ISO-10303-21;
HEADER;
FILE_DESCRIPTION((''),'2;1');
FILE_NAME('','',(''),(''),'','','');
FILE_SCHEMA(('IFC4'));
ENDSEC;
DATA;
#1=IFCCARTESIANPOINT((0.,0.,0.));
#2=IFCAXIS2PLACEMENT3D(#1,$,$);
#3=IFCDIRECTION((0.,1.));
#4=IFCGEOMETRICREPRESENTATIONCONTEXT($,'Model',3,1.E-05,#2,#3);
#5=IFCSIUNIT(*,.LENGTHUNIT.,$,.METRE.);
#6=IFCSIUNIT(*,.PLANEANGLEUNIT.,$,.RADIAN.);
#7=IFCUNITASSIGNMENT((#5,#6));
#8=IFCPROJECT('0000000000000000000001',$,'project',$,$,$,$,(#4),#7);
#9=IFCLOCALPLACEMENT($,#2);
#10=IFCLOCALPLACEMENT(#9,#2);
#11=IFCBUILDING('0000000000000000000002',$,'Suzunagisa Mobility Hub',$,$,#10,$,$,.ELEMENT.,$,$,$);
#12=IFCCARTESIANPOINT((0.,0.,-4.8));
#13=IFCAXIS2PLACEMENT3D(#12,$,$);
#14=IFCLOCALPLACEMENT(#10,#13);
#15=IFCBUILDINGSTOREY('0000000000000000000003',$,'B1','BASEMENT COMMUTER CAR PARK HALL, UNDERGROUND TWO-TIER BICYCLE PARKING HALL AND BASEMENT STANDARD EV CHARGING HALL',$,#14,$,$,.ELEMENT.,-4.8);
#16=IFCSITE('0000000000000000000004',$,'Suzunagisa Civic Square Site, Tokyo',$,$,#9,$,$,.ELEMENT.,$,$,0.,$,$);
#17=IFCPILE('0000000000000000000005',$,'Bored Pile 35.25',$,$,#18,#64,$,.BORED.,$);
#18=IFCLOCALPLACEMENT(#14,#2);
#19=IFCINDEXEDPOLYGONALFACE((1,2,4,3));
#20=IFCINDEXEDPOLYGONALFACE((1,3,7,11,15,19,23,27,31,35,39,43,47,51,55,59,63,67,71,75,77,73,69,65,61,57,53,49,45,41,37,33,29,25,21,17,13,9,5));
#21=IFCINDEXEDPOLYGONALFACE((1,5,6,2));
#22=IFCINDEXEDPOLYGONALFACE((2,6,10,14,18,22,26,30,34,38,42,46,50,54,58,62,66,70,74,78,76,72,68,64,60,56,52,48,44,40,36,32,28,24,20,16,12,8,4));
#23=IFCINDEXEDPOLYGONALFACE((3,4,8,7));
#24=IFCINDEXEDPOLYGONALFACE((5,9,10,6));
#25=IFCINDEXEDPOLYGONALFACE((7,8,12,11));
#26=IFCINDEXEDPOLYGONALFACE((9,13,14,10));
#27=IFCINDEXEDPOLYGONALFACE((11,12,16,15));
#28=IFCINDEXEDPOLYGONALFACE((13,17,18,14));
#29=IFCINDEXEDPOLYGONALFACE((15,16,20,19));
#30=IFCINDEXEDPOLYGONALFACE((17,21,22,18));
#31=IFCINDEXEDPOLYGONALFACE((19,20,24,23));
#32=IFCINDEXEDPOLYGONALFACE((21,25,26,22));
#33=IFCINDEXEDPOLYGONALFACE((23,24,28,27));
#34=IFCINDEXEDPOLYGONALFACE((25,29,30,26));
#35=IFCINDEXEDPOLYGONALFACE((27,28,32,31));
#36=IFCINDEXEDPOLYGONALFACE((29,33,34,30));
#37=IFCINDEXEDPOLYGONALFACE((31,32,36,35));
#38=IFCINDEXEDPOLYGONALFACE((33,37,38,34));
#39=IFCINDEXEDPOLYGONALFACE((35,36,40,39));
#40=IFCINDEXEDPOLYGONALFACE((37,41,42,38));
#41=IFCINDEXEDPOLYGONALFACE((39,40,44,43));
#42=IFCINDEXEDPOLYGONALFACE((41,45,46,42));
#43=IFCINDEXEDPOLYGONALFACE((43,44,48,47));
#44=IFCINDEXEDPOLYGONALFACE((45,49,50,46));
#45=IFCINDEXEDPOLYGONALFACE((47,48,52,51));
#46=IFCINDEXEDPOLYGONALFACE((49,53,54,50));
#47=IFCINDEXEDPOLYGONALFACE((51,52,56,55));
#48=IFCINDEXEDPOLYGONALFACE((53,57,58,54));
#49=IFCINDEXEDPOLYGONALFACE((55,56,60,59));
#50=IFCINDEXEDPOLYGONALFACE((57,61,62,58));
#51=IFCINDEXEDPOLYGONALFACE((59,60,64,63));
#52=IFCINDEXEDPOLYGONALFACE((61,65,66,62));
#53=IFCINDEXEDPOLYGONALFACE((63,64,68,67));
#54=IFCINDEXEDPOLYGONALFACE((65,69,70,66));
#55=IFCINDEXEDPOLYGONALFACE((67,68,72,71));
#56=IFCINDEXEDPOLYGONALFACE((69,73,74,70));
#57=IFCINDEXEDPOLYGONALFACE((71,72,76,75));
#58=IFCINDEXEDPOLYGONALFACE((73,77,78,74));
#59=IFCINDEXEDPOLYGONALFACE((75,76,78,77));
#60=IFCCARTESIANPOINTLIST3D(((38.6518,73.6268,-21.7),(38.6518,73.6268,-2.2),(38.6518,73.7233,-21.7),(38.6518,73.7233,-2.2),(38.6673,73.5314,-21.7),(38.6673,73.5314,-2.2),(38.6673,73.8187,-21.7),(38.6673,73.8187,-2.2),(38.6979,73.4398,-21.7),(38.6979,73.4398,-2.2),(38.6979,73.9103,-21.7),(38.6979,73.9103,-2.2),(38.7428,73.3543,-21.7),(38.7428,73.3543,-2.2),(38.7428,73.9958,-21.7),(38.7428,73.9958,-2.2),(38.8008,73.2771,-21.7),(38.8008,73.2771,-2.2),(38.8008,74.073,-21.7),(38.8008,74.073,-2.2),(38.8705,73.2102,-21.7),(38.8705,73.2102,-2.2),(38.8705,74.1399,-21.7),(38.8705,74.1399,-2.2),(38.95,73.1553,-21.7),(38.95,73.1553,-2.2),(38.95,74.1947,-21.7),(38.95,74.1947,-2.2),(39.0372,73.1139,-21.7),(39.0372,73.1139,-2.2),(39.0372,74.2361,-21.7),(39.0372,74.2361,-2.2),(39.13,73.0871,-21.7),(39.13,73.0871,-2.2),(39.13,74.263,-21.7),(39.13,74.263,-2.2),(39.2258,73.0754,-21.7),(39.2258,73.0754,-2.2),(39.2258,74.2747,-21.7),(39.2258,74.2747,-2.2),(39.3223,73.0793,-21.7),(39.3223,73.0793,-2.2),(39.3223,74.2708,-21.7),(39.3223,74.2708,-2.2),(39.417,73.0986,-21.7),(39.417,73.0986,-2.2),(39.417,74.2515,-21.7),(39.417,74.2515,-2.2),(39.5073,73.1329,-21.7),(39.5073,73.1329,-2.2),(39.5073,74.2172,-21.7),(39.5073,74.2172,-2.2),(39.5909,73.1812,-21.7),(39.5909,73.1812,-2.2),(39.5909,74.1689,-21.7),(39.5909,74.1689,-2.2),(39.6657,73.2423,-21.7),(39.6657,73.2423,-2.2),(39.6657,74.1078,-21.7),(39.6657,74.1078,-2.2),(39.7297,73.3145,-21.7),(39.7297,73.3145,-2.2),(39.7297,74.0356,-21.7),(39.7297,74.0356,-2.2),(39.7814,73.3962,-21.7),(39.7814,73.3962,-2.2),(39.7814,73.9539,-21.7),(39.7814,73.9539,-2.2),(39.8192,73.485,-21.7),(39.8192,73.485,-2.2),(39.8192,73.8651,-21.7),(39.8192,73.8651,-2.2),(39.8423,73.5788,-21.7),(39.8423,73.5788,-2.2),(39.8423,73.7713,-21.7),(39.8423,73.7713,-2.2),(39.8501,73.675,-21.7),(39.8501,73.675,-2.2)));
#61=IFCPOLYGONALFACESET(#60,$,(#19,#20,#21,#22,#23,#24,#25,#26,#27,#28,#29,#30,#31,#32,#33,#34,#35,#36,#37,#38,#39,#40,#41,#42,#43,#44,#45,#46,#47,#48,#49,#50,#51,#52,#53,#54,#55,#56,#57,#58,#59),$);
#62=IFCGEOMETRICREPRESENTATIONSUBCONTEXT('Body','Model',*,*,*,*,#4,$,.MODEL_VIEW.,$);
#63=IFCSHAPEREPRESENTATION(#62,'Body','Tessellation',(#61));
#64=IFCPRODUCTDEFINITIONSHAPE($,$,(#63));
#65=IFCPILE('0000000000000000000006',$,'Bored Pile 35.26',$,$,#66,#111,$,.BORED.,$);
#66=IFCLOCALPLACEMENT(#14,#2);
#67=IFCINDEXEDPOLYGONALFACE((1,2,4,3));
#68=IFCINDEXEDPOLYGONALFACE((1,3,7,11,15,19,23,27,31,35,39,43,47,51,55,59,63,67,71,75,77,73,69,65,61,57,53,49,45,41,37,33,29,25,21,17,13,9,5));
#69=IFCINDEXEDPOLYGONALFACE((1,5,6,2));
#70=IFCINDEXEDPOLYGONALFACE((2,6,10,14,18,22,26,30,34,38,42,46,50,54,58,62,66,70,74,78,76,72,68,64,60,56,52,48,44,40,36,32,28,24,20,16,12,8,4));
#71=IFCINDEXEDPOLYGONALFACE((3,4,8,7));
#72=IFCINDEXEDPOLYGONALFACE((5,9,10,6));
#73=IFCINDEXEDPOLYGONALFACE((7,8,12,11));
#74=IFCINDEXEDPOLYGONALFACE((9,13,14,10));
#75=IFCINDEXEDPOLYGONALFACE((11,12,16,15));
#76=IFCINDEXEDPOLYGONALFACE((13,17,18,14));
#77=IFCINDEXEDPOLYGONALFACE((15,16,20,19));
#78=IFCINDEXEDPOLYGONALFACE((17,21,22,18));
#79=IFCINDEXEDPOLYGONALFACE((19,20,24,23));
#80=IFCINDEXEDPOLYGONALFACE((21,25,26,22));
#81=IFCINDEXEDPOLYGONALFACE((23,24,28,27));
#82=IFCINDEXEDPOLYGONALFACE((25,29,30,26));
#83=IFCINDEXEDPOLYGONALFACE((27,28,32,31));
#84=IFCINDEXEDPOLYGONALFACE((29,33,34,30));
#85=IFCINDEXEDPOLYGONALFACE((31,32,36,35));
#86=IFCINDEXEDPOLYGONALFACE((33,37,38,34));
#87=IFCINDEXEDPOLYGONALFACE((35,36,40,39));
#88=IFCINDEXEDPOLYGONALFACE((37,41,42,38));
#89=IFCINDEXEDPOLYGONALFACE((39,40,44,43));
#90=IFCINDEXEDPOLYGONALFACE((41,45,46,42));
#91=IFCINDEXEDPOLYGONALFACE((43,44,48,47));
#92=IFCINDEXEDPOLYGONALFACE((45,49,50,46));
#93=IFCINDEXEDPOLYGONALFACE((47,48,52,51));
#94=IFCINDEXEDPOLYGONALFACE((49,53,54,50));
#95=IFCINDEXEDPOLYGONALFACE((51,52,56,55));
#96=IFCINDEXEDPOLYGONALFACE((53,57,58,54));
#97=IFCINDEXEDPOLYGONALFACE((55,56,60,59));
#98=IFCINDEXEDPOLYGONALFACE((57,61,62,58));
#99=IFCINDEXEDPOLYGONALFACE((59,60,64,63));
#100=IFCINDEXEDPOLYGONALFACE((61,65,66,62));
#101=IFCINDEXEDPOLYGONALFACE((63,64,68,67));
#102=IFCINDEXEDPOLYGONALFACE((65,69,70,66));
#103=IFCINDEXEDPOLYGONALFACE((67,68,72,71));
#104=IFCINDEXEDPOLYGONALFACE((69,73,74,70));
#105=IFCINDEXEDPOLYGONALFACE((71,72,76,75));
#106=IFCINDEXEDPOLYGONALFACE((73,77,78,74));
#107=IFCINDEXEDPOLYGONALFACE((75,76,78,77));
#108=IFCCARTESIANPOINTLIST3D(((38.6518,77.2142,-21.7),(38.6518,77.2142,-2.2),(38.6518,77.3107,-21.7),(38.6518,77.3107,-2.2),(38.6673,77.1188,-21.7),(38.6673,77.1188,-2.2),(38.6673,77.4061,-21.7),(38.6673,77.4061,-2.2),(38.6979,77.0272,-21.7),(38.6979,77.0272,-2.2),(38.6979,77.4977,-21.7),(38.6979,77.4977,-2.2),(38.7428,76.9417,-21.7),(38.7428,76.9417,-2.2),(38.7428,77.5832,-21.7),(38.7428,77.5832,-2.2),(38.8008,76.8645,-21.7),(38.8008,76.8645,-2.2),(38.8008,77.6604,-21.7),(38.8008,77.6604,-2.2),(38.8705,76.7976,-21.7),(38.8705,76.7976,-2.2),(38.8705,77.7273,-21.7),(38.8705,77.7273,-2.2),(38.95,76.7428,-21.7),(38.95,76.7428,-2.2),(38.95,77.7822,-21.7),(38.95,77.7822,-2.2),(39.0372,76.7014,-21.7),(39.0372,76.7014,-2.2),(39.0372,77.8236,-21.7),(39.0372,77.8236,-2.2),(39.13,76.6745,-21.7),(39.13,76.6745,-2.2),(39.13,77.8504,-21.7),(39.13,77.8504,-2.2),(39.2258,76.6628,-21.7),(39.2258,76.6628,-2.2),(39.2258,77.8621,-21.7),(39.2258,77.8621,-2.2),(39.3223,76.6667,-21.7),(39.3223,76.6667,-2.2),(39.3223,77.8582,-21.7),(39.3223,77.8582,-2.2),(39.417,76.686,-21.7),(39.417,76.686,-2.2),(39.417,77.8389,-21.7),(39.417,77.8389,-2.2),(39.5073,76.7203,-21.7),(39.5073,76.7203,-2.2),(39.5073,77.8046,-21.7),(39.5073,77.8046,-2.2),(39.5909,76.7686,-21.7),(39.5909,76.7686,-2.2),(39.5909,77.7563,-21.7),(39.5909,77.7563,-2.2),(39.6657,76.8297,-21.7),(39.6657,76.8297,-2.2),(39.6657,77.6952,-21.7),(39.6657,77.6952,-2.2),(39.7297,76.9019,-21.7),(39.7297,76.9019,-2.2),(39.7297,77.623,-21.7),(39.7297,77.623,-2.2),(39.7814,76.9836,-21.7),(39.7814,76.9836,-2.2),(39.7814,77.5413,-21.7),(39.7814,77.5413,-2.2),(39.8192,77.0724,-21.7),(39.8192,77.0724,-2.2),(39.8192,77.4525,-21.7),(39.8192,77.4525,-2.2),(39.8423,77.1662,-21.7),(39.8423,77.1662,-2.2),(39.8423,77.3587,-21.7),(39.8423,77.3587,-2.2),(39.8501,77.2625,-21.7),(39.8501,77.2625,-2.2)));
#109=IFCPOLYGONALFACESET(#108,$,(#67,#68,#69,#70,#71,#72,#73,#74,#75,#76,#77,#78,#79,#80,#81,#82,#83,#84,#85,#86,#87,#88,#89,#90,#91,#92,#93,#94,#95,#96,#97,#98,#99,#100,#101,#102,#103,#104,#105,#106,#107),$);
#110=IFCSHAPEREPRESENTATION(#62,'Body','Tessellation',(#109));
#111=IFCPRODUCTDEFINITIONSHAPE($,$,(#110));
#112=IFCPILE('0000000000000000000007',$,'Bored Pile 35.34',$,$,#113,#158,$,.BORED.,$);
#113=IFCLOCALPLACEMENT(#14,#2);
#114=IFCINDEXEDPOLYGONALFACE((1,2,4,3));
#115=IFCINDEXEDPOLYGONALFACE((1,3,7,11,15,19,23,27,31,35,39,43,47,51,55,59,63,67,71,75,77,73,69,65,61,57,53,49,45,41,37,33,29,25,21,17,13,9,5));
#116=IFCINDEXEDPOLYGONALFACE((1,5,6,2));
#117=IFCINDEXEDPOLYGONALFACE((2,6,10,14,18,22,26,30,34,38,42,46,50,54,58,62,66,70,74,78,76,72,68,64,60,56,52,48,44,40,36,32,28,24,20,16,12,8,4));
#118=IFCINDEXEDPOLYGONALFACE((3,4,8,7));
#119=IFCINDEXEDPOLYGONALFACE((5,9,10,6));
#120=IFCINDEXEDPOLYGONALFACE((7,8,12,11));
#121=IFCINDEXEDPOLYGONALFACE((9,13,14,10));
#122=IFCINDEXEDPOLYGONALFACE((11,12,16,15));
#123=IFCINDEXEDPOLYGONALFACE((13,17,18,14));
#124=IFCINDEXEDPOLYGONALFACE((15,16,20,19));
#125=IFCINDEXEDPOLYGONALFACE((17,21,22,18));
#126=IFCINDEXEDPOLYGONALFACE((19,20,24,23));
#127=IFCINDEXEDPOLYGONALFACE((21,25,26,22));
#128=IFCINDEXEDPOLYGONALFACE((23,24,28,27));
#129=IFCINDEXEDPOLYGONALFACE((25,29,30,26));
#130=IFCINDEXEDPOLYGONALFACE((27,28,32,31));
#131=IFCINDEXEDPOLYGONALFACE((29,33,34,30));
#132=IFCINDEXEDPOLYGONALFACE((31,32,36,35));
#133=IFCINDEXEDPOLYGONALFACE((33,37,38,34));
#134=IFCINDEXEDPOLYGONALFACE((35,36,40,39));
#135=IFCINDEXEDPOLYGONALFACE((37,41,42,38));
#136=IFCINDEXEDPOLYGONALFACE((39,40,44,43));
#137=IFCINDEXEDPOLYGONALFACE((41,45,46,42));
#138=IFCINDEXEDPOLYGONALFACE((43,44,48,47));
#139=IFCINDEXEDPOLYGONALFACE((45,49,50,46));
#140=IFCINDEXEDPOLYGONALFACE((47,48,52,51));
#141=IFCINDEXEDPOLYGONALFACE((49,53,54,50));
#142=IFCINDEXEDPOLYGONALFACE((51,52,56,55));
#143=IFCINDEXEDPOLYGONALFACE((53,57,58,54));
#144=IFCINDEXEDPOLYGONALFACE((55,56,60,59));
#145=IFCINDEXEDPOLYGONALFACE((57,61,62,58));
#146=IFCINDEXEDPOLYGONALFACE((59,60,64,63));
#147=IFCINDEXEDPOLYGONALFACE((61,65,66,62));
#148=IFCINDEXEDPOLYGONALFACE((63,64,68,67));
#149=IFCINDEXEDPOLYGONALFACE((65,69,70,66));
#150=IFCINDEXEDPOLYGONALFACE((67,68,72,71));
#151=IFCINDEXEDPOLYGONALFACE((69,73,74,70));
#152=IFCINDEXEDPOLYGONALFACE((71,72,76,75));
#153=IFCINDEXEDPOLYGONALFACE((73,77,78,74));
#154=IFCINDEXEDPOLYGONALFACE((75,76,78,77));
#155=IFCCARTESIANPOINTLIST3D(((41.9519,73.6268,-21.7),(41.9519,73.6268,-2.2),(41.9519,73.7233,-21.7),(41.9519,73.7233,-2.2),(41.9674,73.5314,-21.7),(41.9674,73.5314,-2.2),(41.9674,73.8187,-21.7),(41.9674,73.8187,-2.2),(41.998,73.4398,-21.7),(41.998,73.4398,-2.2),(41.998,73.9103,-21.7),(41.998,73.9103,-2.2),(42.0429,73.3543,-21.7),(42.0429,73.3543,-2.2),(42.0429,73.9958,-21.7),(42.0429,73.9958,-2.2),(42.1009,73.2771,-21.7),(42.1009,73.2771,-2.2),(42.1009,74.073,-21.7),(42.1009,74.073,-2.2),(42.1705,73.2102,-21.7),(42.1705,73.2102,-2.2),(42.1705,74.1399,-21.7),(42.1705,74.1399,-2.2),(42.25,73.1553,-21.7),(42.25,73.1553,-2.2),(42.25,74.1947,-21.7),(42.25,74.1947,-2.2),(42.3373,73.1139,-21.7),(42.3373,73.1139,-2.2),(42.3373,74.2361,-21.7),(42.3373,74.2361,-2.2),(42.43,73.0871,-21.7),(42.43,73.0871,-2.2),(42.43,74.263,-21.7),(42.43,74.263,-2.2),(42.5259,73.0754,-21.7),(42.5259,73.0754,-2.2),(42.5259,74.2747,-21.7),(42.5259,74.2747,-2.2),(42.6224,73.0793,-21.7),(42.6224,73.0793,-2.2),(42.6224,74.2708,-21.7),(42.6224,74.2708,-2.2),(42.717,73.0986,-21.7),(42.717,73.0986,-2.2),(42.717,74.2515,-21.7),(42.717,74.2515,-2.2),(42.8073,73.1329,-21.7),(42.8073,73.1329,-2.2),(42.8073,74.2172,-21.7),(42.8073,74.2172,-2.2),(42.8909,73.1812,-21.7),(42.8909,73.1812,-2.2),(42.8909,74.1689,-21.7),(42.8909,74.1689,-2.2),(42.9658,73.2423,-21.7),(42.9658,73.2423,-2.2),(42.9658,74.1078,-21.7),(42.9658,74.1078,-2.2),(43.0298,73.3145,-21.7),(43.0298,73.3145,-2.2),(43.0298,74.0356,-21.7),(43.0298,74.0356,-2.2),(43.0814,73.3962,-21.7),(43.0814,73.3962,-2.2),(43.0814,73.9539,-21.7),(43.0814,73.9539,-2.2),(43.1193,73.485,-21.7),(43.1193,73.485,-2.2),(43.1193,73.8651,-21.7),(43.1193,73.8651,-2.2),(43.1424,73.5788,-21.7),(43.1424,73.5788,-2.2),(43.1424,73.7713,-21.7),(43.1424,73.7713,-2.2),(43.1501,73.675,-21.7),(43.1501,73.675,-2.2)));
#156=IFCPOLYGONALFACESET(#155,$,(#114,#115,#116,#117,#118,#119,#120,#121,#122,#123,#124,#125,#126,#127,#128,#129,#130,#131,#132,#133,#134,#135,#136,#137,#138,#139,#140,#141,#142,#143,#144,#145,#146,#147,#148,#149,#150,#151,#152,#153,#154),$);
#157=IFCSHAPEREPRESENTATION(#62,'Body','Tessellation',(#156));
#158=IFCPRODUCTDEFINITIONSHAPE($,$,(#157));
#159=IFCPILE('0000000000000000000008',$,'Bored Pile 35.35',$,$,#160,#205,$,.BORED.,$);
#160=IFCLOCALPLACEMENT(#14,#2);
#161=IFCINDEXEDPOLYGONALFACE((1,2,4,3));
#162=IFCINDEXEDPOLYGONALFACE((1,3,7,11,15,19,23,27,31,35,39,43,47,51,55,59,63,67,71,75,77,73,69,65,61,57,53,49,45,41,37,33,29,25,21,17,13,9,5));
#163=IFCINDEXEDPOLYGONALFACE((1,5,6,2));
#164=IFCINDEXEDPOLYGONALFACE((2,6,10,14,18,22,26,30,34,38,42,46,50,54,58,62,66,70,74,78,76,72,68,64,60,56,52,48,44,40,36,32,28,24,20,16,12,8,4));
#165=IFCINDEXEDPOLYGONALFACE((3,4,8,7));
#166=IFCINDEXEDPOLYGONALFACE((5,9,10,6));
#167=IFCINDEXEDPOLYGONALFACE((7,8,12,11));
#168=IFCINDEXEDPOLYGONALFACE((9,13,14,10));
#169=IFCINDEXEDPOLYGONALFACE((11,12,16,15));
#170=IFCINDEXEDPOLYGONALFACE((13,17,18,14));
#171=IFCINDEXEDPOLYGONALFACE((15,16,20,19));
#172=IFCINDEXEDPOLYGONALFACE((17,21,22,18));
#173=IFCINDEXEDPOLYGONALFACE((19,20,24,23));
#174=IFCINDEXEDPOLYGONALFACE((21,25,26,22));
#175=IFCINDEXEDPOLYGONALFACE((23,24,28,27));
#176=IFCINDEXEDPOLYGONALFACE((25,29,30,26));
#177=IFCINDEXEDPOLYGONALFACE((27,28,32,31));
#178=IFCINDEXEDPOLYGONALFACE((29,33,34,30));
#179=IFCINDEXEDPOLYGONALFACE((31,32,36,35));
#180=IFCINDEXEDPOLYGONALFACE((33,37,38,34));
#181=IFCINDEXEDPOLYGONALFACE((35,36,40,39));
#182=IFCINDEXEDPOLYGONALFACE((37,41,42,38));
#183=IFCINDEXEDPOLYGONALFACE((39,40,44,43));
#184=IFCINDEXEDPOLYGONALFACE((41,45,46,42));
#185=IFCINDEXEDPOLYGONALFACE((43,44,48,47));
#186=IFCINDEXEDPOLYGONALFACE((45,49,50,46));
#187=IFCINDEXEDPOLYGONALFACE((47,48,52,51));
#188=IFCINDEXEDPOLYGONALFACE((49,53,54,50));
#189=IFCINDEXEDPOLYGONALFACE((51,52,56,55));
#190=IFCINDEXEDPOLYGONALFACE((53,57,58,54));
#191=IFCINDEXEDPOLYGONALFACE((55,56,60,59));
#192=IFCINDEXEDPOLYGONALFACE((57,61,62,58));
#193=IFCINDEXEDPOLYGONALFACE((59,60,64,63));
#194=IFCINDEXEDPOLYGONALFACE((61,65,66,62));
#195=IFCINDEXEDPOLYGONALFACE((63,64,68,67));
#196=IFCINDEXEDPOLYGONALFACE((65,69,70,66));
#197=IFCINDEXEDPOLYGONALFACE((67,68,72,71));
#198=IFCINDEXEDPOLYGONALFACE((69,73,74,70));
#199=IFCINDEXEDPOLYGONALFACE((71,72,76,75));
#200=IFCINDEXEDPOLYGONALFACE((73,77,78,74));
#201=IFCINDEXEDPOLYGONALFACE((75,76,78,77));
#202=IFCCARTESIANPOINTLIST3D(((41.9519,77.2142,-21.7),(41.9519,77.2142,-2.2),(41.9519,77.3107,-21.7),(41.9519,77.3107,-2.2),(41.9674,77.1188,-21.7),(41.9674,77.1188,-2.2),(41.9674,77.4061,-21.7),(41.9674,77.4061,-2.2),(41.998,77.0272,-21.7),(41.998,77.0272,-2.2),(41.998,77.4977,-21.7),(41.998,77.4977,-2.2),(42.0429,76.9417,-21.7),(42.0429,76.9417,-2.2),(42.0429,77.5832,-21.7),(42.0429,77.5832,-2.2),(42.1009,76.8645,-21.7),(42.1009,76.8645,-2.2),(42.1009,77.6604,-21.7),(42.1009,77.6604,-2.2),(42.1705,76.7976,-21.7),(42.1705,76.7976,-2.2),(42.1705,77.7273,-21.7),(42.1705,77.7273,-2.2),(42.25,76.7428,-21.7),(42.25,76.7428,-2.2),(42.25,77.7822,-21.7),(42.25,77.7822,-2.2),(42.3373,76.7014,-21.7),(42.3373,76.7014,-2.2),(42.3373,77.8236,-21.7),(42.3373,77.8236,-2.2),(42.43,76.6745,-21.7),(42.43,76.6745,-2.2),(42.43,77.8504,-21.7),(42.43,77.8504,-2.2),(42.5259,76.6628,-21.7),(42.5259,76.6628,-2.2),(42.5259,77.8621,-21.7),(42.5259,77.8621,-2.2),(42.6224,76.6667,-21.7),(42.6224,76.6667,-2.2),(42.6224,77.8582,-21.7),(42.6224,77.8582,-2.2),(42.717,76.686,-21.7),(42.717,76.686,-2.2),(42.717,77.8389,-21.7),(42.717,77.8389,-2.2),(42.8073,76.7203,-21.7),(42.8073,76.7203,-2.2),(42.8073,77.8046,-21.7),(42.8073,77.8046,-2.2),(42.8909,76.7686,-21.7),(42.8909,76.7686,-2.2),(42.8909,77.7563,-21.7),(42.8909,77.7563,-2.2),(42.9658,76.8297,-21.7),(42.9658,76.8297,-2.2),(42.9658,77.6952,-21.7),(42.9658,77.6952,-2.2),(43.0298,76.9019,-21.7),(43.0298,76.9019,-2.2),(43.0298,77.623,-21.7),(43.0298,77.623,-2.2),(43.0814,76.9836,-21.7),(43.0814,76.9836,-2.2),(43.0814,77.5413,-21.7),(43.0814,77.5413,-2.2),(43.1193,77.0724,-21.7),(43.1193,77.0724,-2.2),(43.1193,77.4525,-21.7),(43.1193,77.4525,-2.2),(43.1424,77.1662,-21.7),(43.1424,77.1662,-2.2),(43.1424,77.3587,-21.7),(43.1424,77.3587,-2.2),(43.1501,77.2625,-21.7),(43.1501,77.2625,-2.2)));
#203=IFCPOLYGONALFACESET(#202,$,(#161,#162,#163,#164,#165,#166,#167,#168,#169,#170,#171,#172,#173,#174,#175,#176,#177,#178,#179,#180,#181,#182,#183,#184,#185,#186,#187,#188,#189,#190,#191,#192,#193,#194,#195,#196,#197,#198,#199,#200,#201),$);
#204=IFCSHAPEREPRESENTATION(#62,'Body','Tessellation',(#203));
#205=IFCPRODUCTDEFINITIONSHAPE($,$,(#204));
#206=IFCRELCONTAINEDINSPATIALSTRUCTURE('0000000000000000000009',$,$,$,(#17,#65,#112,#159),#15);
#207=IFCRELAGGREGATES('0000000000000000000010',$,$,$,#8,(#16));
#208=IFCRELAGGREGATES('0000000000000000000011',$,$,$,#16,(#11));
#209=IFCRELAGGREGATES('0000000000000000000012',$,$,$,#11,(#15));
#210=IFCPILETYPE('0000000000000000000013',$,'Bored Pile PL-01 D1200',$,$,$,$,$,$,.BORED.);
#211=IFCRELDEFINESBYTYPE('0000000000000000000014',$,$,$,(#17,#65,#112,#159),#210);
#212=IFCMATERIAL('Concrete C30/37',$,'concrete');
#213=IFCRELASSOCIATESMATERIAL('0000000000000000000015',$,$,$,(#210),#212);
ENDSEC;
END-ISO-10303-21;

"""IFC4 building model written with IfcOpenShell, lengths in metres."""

from ifc_helpers import new_model, si_unit, direction, frame, origin, origin_2d, place, context, subcontext, project, spatial, circle, extrude, material, material_profile, profile_set, type_object, element, save


model = new_model("IFC4")

# Units and contexts
model_context = context("Model", 3, precision=1e-05, world=origin(), true_north=direction((0.0, 1.0)))
body_context = subcontext(model_context, "Body", "Model", "MODEL_VIEW")
ifc_project = project(units=[si_unit("LENGTHUNIT", "METRE"), si_unit("PLANEANGLEUNIT", "RADIAN")], contexts=[model_context])

# Site, building, storey
site_placement = place(None, origin())
site = spatial("IfcSite", under=ifc_project, at=site_placement, Name="Suzunagisa Civic Square Site, Tokyo", CompositionType="ELEMENT", RefElevation=0.0)
building_placement = place(site_placement, origin())
building = spatial("IfcBuilding", under=site, at=building_placement, Name="Suzunagisa Mobility Hub", CompositionType="ELEMENT")
storey_placement = place(building_placement, frame((0.0, 0.0, -4.8)))
storey = spatial("IfcBuildingStorey", under=building, at=storey_placement, Name="B1", Description="BASEMENT COMMUTER CAR PARK HALL, UNDERGROUND TWO-TIER BICYCLE PARKING HALL AND BASEMENT STANDARD EV CHARGING HALL", CompositionType="ELEMENT", Elevation=-4.8)

# Piles
ifc_material_1 = material(Name="Concrete C30/37", Category="concrete")
ifc_material_profile_1 = material_profile(ifc_material_1, circle(Radius=0.6001, at=origin_2d()), Name="BORED PILE D1200")
ifc_profile_set_1 = profile_set([ifc_material_profile_1], Name="Concrete C30/37")
pile_type = type_object("IfcPileType", Name="Bored Pile PL-01 D1200", PredefinedType="BORED", material=ifc_profile_set_1)
for number, where, z_axis, x_axis, name in (
    (1, (39.25, 73.675, -2.2), (0.0, 0.0, -1.0), (1.0, 0.0, 0.0), "Bored Pile 35.25"),
    (2, (39.25, 77.2625, -2.2), (0.0, 0.0, -1.0), (1.0, 0.0, 0.0), "Bored Pile 35.26"),
    (3, (42.55, 73.675, -2.2), (0.0, 0.0, -1.0), (1.0, 0.0, 0.0), "Bored Pile 35.34"),
    (4, (42.55, 77.2625, -2.2), (0.0, 0.0, -1.0), (1.0, 0.0, 0.0), "Bored Pile 35.35"),
):
    element("IfcPile", number, at=place(storey_placement, frame(where, z_axis=z_axis, x_axis=x_axis)), inside=storey, type_object=pile_type, Name=name, PredefinedType="BORED", context=body_context, shape_type="SweptSolid", body=[
        extrude(circle(Radius=0.6001, at=origin_2d()), origin(), (0.0, 0.0, 1.0), 19.5),
    ])

save(model, "model.ifc")
